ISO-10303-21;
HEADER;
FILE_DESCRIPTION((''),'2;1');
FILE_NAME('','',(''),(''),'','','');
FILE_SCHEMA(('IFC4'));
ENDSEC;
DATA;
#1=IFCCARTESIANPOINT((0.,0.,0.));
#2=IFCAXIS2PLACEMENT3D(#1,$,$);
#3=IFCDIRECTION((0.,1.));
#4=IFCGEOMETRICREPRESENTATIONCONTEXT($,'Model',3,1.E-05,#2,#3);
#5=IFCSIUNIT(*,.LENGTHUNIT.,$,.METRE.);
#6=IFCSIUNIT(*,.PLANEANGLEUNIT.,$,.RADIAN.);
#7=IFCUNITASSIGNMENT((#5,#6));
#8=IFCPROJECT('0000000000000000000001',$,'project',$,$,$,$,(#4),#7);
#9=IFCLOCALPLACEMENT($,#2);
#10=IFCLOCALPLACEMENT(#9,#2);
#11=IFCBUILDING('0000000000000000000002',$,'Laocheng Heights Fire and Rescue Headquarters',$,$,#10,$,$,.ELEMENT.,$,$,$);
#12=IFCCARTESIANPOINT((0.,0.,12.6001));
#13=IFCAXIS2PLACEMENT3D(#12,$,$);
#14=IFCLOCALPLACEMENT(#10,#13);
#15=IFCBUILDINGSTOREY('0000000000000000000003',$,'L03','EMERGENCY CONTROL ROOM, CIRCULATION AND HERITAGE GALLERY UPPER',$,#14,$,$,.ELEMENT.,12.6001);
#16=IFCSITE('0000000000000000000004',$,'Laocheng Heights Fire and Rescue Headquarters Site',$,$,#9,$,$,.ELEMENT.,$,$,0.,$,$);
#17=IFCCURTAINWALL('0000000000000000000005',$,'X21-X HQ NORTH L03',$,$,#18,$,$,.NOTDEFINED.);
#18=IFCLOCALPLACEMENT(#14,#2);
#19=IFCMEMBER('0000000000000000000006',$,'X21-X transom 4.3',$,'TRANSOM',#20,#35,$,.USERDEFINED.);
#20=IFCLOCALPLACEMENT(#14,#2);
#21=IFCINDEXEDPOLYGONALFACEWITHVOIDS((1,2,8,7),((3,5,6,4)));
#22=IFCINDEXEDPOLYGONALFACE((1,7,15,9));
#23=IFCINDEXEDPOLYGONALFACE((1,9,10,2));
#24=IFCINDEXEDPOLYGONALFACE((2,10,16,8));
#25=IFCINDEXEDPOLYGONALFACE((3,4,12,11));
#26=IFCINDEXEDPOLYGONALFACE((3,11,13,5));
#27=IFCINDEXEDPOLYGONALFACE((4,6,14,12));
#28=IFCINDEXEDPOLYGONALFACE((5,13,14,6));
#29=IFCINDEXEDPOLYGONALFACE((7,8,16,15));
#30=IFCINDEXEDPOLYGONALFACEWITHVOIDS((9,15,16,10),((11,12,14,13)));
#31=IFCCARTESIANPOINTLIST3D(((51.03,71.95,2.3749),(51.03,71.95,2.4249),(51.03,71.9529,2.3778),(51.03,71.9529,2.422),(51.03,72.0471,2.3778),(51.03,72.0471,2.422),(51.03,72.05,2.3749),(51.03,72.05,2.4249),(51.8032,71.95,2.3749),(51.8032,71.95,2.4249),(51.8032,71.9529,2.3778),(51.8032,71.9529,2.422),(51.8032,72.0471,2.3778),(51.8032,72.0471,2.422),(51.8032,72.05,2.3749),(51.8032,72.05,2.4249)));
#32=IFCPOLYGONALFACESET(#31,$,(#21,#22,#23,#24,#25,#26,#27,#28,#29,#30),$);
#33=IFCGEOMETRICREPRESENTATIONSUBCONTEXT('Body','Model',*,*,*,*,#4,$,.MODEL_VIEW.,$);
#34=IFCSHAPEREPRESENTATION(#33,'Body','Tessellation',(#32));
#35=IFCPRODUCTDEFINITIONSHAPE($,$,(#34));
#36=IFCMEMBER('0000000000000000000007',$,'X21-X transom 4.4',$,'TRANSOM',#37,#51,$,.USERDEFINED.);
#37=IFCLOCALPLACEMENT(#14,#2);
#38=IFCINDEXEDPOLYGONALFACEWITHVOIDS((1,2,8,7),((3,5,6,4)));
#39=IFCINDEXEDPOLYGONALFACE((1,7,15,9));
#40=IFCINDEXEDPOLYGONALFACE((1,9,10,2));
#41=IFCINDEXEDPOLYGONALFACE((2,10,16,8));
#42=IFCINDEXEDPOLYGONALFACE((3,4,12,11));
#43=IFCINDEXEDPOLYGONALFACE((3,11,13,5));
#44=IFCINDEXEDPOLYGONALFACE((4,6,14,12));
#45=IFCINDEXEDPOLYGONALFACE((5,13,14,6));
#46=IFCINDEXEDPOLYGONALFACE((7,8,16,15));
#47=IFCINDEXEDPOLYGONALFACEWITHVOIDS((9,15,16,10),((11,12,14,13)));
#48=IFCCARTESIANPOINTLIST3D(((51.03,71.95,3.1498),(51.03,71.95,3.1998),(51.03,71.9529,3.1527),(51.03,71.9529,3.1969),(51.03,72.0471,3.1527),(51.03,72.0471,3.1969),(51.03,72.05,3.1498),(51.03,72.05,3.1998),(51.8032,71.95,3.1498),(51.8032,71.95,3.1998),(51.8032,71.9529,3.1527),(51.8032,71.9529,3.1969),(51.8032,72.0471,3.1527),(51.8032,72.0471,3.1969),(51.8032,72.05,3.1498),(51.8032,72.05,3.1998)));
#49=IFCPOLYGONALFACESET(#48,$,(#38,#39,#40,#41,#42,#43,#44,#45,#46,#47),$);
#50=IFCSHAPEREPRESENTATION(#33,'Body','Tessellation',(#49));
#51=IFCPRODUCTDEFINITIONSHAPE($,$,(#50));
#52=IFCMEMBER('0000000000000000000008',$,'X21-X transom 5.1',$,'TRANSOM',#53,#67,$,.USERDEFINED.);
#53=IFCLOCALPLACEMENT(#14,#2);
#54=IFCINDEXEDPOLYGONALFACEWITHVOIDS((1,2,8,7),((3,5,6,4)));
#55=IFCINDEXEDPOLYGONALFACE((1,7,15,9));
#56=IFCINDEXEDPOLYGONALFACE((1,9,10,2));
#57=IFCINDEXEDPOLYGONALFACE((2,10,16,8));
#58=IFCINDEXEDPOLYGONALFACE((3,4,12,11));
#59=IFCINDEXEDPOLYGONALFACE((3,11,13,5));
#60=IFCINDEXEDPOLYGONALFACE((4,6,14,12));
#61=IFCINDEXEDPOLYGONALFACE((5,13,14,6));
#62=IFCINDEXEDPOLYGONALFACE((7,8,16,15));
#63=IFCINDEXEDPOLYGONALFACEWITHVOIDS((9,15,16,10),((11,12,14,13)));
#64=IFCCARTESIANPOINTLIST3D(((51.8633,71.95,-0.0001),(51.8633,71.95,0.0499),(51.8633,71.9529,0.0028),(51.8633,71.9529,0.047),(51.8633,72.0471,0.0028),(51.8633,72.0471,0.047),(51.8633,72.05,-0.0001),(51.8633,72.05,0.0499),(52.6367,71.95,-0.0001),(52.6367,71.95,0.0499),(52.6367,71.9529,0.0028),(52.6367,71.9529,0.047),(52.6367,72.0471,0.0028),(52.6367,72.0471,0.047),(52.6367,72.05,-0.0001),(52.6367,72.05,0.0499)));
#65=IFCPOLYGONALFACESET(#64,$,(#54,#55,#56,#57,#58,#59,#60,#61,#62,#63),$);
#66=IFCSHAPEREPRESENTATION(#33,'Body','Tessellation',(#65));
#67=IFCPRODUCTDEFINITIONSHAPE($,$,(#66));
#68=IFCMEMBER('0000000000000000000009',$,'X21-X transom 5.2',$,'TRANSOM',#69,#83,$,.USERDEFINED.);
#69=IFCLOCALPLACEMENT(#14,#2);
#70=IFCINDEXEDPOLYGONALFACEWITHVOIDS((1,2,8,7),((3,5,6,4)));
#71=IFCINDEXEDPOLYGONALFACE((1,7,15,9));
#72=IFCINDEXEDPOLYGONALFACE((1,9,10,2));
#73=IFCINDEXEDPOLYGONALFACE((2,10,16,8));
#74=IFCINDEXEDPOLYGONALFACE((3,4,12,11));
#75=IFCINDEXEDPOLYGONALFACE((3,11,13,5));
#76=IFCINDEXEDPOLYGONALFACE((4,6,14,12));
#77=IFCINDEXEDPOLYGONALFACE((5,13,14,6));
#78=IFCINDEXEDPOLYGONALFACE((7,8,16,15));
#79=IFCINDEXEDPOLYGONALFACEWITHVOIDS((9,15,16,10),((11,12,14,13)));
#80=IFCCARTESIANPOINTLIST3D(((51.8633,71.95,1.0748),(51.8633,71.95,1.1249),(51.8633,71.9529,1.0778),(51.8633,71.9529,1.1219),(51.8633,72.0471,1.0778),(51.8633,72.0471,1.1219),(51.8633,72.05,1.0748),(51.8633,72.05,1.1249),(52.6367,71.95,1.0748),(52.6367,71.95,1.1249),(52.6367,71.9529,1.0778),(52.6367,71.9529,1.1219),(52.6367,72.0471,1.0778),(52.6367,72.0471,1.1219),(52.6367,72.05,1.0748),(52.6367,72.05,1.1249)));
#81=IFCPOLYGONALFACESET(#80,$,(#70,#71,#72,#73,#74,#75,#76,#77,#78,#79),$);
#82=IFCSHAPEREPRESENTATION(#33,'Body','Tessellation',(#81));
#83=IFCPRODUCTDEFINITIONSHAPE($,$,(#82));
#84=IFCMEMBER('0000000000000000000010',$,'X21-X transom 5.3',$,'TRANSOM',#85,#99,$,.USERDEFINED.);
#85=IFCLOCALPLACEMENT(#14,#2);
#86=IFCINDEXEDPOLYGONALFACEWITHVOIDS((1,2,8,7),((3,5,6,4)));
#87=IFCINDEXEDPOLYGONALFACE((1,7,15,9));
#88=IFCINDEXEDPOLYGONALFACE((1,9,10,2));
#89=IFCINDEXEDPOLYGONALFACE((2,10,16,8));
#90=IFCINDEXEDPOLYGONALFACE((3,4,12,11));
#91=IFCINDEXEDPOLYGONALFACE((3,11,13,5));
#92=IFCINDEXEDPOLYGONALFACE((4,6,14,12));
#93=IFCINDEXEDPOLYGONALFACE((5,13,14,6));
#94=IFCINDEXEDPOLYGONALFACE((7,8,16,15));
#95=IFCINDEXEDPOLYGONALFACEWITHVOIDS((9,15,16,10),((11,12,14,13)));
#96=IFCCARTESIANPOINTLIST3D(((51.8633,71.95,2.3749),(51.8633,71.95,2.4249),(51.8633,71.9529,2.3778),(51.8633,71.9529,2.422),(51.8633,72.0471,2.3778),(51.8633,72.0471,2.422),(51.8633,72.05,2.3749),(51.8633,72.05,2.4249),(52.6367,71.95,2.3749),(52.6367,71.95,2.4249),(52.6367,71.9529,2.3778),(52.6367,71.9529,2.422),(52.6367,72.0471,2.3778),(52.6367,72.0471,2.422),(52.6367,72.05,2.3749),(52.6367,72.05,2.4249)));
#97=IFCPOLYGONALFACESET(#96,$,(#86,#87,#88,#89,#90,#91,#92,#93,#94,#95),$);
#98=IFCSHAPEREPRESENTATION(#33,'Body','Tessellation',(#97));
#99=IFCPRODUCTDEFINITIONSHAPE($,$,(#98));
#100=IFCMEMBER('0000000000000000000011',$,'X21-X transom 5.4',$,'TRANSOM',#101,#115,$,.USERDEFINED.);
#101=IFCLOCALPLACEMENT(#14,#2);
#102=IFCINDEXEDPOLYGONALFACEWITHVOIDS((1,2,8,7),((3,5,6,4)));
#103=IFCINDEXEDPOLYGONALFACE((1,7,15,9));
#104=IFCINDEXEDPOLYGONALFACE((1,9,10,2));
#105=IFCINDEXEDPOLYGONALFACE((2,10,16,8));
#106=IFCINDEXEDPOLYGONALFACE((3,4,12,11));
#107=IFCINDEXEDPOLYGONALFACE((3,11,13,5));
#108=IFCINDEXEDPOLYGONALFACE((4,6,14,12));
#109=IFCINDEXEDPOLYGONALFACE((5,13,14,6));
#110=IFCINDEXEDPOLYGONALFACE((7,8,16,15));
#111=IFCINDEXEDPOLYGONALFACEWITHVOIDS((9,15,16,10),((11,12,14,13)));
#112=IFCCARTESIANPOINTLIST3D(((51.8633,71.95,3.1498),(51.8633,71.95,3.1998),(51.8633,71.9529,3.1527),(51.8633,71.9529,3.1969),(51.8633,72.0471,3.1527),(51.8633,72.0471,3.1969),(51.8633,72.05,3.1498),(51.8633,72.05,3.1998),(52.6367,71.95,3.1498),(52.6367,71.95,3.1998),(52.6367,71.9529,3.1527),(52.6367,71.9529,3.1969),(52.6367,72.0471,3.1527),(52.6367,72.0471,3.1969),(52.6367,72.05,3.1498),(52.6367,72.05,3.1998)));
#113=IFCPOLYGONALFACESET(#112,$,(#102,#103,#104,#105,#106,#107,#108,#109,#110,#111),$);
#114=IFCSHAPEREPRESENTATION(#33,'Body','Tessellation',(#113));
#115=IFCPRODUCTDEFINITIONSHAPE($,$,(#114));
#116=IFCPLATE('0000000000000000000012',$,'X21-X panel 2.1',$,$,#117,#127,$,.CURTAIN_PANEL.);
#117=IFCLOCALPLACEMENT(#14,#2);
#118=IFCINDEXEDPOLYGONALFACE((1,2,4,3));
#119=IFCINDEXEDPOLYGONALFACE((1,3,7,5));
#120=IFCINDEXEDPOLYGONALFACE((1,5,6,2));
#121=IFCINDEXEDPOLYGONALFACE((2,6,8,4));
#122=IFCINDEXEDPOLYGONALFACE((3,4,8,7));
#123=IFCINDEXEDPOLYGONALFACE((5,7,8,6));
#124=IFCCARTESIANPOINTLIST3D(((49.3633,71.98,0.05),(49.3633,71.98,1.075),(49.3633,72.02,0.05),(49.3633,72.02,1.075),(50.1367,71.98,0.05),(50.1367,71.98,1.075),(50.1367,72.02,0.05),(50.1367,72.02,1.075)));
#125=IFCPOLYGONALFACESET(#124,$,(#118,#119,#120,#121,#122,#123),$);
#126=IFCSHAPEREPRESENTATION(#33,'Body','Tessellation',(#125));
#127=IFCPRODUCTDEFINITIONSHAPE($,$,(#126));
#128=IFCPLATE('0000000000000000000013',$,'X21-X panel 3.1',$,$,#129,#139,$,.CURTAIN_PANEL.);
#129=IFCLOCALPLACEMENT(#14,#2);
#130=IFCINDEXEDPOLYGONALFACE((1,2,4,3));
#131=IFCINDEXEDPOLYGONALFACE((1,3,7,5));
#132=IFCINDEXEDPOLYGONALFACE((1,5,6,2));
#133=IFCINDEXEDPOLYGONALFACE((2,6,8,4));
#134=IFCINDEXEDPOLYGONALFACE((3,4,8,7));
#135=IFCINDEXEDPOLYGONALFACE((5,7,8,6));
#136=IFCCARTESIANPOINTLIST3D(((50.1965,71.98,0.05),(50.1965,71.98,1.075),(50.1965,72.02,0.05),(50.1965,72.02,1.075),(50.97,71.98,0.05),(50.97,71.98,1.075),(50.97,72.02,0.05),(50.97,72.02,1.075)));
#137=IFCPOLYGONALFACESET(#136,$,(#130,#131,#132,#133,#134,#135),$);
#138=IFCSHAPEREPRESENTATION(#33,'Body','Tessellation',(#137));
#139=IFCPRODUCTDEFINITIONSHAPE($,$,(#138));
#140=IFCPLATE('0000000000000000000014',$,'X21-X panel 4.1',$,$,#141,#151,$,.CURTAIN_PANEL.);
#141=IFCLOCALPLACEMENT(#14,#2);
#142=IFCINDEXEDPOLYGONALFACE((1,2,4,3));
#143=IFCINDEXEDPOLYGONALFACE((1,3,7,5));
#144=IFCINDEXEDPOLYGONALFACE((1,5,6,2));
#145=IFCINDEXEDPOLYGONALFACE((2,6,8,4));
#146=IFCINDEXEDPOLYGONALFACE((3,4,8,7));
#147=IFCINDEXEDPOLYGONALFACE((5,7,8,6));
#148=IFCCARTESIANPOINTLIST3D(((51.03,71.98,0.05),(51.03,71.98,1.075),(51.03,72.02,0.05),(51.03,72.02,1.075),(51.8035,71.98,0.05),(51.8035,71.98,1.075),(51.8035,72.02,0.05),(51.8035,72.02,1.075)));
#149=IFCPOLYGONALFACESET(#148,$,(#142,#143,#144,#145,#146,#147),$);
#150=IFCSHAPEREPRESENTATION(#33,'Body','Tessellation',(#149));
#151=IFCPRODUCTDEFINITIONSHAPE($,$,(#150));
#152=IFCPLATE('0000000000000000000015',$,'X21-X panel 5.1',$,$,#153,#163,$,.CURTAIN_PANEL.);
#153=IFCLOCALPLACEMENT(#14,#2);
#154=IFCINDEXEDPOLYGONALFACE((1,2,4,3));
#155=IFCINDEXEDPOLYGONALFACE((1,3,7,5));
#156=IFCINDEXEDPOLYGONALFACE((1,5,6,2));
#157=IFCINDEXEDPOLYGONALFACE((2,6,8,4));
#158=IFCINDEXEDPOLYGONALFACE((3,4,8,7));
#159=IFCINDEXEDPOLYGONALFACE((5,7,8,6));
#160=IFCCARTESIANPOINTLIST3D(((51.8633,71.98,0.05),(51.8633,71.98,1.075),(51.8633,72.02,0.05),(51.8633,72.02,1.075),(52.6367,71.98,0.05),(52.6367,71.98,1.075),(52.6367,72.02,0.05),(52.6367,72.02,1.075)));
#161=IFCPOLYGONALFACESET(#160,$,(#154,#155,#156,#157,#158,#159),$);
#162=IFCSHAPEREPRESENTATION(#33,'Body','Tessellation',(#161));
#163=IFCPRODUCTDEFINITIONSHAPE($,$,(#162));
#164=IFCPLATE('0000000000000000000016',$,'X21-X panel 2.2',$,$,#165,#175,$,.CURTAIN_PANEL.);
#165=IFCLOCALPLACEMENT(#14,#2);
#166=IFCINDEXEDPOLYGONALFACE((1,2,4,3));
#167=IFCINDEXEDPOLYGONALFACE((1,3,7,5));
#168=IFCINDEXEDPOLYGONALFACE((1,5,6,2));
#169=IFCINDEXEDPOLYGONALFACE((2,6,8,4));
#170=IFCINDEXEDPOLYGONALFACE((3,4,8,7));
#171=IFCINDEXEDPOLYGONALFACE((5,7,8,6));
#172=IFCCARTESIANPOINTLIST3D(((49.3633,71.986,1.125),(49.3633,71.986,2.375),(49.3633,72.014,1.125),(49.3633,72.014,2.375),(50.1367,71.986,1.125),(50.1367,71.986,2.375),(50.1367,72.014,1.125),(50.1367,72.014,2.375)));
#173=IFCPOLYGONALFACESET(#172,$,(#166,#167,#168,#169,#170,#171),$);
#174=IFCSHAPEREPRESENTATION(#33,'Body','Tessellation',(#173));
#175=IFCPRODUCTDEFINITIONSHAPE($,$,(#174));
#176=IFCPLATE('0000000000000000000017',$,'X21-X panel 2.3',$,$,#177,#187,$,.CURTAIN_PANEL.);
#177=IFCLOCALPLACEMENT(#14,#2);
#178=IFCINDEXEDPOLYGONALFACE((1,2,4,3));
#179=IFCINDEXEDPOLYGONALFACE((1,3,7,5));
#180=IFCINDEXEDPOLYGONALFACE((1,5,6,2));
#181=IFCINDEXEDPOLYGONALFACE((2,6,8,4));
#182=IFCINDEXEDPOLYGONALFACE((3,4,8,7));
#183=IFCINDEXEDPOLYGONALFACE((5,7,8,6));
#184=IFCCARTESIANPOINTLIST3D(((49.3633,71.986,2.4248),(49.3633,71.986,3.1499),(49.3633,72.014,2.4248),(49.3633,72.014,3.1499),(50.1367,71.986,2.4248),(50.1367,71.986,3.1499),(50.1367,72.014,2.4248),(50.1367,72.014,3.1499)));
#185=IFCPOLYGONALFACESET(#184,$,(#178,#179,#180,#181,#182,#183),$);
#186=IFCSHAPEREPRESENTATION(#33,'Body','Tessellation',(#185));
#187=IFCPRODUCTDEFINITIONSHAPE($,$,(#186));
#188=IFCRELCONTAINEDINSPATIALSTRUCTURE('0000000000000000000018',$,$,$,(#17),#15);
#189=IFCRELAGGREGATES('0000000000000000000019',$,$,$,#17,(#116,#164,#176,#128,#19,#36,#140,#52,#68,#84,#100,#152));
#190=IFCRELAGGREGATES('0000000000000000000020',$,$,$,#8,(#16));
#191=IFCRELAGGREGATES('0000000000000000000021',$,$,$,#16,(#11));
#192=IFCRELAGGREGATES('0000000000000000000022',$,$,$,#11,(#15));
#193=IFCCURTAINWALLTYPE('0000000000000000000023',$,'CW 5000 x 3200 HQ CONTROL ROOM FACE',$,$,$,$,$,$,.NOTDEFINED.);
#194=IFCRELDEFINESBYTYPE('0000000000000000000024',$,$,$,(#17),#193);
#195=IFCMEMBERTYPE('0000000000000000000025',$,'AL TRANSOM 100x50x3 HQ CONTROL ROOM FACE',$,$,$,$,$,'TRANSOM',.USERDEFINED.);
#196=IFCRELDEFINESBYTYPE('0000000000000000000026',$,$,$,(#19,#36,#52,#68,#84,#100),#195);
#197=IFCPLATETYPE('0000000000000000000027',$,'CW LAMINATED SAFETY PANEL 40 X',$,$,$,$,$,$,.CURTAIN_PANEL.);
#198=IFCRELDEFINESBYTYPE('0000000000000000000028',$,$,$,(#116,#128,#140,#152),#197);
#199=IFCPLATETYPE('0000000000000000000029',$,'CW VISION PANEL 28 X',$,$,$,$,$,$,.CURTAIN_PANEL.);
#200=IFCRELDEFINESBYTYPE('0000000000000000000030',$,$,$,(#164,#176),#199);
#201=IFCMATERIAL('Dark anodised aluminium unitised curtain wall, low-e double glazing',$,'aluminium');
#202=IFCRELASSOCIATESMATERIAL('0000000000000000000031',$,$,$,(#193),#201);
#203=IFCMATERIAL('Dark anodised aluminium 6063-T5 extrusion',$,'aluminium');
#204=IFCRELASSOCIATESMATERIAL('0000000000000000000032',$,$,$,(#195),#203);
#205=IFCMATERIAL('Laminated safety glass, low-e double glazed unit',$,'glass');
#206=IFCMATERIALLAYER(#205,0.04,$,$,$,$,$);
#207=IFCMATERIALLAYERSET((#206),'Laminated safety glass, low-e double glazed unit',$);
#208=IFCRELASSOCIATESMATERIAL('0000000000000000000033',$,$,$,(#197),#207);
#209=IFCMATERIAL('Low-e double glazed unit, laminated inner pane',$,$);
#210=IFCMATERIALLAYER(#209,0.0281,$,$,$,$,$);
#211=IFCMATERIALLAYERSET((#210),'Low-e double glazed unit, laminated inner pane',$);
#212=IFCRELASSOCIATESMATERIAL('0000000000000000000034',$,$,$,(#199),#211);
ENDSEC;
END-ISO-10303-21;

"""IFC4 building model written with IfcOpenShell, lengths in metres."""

from ifc_helpers import new_model, si_unit, direction, frame, origin, origin_2d, place, context, subcontext, project, spatial, rectangle, hollow_rectangle, extrude, material, layer, layer_set, material_profile, profile_set, type_object, element, aggregate, save


model = new_model("IFC4")

# Units and contexts
model_context = context("Model", 3, precision=1e-05, world=origin(), true_north=direction((0.0, 1.0)))
body_context = subcontext(model_context, "Body", "Model", "MODEL_VIEW")
ifc_project = project(units=[si_unit("LENGTHUNIT", "METRE"), si_unit("PLANEANGLEUNIT", "RADIAN")], contexts=[model_context])

# Site, building, storey
site_placement = place(None, origin())
site = spatial("IfcSite", under=ifc_project, at=site_placement, Name="Laocheng Heights Fire and Rescue Headquarters Site", CompositionType="ELEMENT", RefElevation=0.0)
building_placement = place(site_placement, origin())
building = spatial("IfcBuilding", under=site, at=building_placement, Name="Laocheng Heights Fire and Rescue Headquarters", CompositionType="ELEMENT")
storey_placement = place(building_placement, frame((0.0, 0.0, 12.6001)))
storey = spatial("IfcBuildingStorey", under=building, at=storey_placement, Name="L03", Description="EMERGENCY CONTROL ROOM, CIRCULATION AND HERITAGE GALLERY UPPER", CompositionType="ELEMENT", Elevation=12.6001)

# Curtain wall, members, plates
ifc_material_1 = material(Name="Dark anodised aluminium unitised curtain wall, low-e double glazing", Category="aluminium")
curtain_wall_type = type_object("IfcCurtainWallType", Name="CW 5000 x 3200 HQ CONTROL ROOM FACE", PredefinedType="NOTDEFINED", material=ifc_material_1)
curtain_wall_placement = place(storey_placement, origin())
curtain_wall = element("IfcCurtainWall", 1, at=curtain_wall_placement, inside=storey, type_object=curtain_wall_type, Name="X21-X HQ NORTH L03", PredefinedType="NOTDEFINED")
ifc_material_2 = material(Name="Dark anodised aluminium 6063-T5 extrusion", Category="aluminium")
ifc_material_profile_1 = material_profile(ifc_material_2, hollow_rectangle(XDim=0.1001, YDim=0.05, WallThickness=0.0029, at=origin_2d()), Name="AL TRANSOM 100x50x3 HQ CONTROL ROOM FACE")
ifc_profile_set_1 = profile_set([ifc_material_profile_1], Name="Dark anodised aluminium 6063-T5 extrusion")
member_type_1 = type_object("IfcMemberType", Name="AL TRANSOM 100x50x3 HQ CONTROL ROOM FACE", ElementType="TRANSOM", PredefinedType="USERDEFINED", material=ifc_profile_set_1)
member_1_placement = place(storey_placement, frame((51.03, 72.0, 2.3999), z_axis=(1.0, 0.0, 0.0), x_axis=(0.0, 1.0, 0.0)))
member_1 = element("IfcMember", 2, at=member_1_placement, type_object=member_type_1, Name="X21-X transom 4.3", ObjectType="TRANSOM", PredefinedType="USERDEFINED", context=body_context, shape_type="SweptSolid", body=[
    extrude(hollow_rectangle(XDim=0.1001, YDim=0.05, WallThickness=0.0029, at=origin_2d()), origin(), (0.0, 0.0, 1.0), 0.7732),
])
member_2_placement = place(storey_placement, frame((51.03, 72.0, 3.1748), z_axis=(1.0, 0.0, 0.0), x_axis=(0.0, 1.0, 0.0)))
member_2 = element("IfcMember", 3, at=member_2_placement, type_object=member_type_1, Name="X21-X transom 4.4", ObjectType="TRANSOM", PredefinedType="USERDEFINED", context=body_context, shape_type="SweptSolid", body=[
    extrude(hollow_rectangle(XDim=0.1001, YDim=0.05, WallThickness=0.0029, at=origin_2d()), origin(), (0.0, 0.0, 1.0), 0.7732),
])
member_3_placement = place(storey_placement, frame((51.8633, 72.0, 0.0249), z_axis=(1.0, 0.0, 0.0), x_axis=(0.0, 1.0, 0.0)))
member_3 = element("IfcMember", 4, at=member_3_placement, type_object=member_type_1, Name="X21-X transom 5.1", ObjectType="TRANSOM", PredefinedType="USERDEFINED", context=body_context, shape_type="SweptSolid", body=[
    extrude(hollow_rectangle(XDim=0.1001, YDim=0.05, WallThickness=0.0029, at=origin_2d()), origin(), (0.0, 0.0, 1.0), 0.7734),
])
member_4_placement = place(storey_placement, frame((51.8633, 72.0, 1.0999), z_axis=(1.0, 0.0, 0.0), x_axis=(0.0, 1.0, 0.0)))
member_4 = element("IfcMember", 5, at=member_4_placement, type_object=member_type_1, Name="X21-X transom 5.2", ObjectType="TRANSOM", PredefinedType="USERDEFINED", context=body_context, shape_type="SweptSolid", body=[
    extrude(hollow_rectangle(XDim=0.1001, YDim=0.05, WallThickness=0.0029, at=origin_2d()), origin(), (0.0, 0.0, 1.0), 0.7734),
])
member_5_placement = place(storey_placement, frame((51.8633, 72.0, 2.3999), z_axis=(1.0, 0.0, 0.0), x_axis=(0.0, 1.0, 0.0)))
member_5 = element("IfcMember", 6, at=member_5_placement, type_object=member_type_1, Name="X21-X transom 5.3", ObjectType="TRANSOM", PredefinedType="USERDEFINED", context=body_context, shape_type="SweptSolid", body=[
    extrude(hollow_rectangle(XDim=0.1001, YDim=0.05, WallThickness=0.0029, at=origin_2d()), origin(), (0.0, 0.0, 1.0), 0.7734),
])
member_6_placement = place(storey_placement, frame((51.8633, 72.0, 3.1748), z_axis=(1.0, 0.0, 0.0), x_axis=(0.0, 1.0, 0.0)))
member_6 = element("IfcMember", 7, at=member_6_placement, type_object=member_type_1, Name="X21-X transom 5.4", ObjectType="TRANSOM", PredefinedType="USERDEFINED", context=body_context, shape_type="SweptSolid", body=[
    extrude(hollow_rectangle(XDim=0.1001, YDim=0.05, WallThickness=0.0029, at=origin_2d()), origin(), (0.0, 0.0, 1.0), 0.7734),
])
ifc_material_3 = material(Name="Laminated safety glass, low-e double glazed unit", Category="glass")
ifc_layer_1 = layer(ifc_material_3, 0.04)
ifc_layer_set_1 = layer_set([ifc_layer_1], Name="Laminated safety glass, low-e double glazed unit")
plate_type_1 = type_object("IfcPlateType", Name="CW LAMINATED SAFETY PANEL 40 X", PredefinedType="CURTAIN_PANEL", material=ifc_layer_set_1)
plate_1_placement = place(storey_placement, frame((49.75, 72.0, 0.05), z_axis=(0.0, 0.0, 1.0), x_axis=(1.0, 0.0, 0.0)))
plate_1 = element("IfcPlate", 8, at=plate_1_placement, type_object=plate_type_1, Name="X21-X panel 2.1", PredefinedType="CURTAIN_PANEL", context=body_context, shape_type="SweptSolid", body=[
    extrude(rectangle(XDim=0.7734, YDim=0.04, at=origin_2d()), origin(), (0.0, 0.0, 1.0), 1.0249),
])
plate_2_placement = place(storey_placement, frame((50.5833, 72.0, 0.05), z_axis=(0.0, 0.0, 1.0), x_axis=(1.0, 0.0, 0.0)))
plate_2 = element("IfcPlate", 9, at=plate_2_placement, type_object=plate_type_1, Name="X21-X panel 3.1", PredefinedType="CURTAIN_PANEL", context=body_context, shape_type="SweptSolid", body=[
    extrude(rectangle(XDim=0.7734, YDim=0.04, at=origin_2d()), origin(), (0.0, 0.0, 1.0), 1.0249),
])
plate_3_placement = place(storey_placement, frame((51.4167, 72.0, 0.05), z_axis=(0.0, 0.0, 1.0), x_axis=(1.0, 0.0, 0.0)))
plate_3 = element("IfcPlate", 10, at=plate_3_placement, type_object=plate_type_1, Name="X21-X panel 4.1", PredefinedType="CURTAIN_PANEL", context=body_context, shape_type="SweptSolid", body=[
    extrude(rectangle(XDim=0.7734, YDim=0.04, at=origin_2d()), origin(), (0.0, 0.0, 1.0), 1.0249),
])
plate_4_placement = place(storey_placement, frame((52.25, 72.0, 0.05), z_axis=(0.0, 0.0, 1.0), x_axis=(1.0, 0.0, 0.0)))
plate_4 = element("IfcPlate", 11, at=plate_4_placement, type_object=plate_type_1, Name="X21-X panel 5.1", PredefinedType="CURTAIN_PANEL", context=body_context, shape_type="SweptSolid", body=[
    extrude(rectangle(XDim=0.7734, YDim=0.04, at=origin_2d()), origin(), (0.0, 0.0, 1.0), 1.0249),
])
ifc_material_4 = material(Name="Low-e double glazed unit, laminated inner pane")
ifc_layer_2 = layer(ifc_material_4, 0.0281)
ifc_layer_set_2 = layer_set([ifc_layer_2], Name="Low-e double glazed unit, laminated inner pane")
plate_type_2 = type_object("IfcPlateType", Name="CW VISION PANEL 28 X", PredefinedType="CURTAIN_PANEL", material=ifc_layer_set_2)
plate_5_placement = place(storey_placement, frame((49.75, 72.0, 1.125), z_axis=(0.0, 0.0, 1.0), x_axis=(1.0, 0.0, 0.0)))
plate_5 = element("IfcPlate", 12, at=plate_5_placement, type_object=plate_type_2, Name="X21-X panel 2.2", PredefinedType="CURTAIN_PANEL", context=body_context, shape_type="SweptSolid", body=[
    extrude(rectangle(XDim=0.7734, YDim=0.0281, at=origin_2d()), origin(), (0.0, 0.0, 1.0), 1.25),
])
plate_6_placement = place(storey_placement, frame((49.75, 72.0, 2.4248), z_axis=(0.0, 0.0, 1.0), x_axis=(1.0, 0.0, 0.0)))
plate_6 = element("IfcPlate", 13, at=plate_6_placement, type_object=plate_type_2, Name="X21-X panel 2.3", PredefinedType="CURTAIN_PANEL", context=body_context, shape_type="SweptSolid", body=[
    extrude(rectangle(XDim=0.7734, YDim=0.0281, at=origin_2d()), origin(), (0.0, 0.0, 1.0), 0.7251),
])
aggregate(curtain_wall, [plate_1, plate_5, plate_6, plate_2, member_1, member_2, plate_3, member_3, member_4, member_5, member_6, plate_4])

save(model, "model.ifc")
